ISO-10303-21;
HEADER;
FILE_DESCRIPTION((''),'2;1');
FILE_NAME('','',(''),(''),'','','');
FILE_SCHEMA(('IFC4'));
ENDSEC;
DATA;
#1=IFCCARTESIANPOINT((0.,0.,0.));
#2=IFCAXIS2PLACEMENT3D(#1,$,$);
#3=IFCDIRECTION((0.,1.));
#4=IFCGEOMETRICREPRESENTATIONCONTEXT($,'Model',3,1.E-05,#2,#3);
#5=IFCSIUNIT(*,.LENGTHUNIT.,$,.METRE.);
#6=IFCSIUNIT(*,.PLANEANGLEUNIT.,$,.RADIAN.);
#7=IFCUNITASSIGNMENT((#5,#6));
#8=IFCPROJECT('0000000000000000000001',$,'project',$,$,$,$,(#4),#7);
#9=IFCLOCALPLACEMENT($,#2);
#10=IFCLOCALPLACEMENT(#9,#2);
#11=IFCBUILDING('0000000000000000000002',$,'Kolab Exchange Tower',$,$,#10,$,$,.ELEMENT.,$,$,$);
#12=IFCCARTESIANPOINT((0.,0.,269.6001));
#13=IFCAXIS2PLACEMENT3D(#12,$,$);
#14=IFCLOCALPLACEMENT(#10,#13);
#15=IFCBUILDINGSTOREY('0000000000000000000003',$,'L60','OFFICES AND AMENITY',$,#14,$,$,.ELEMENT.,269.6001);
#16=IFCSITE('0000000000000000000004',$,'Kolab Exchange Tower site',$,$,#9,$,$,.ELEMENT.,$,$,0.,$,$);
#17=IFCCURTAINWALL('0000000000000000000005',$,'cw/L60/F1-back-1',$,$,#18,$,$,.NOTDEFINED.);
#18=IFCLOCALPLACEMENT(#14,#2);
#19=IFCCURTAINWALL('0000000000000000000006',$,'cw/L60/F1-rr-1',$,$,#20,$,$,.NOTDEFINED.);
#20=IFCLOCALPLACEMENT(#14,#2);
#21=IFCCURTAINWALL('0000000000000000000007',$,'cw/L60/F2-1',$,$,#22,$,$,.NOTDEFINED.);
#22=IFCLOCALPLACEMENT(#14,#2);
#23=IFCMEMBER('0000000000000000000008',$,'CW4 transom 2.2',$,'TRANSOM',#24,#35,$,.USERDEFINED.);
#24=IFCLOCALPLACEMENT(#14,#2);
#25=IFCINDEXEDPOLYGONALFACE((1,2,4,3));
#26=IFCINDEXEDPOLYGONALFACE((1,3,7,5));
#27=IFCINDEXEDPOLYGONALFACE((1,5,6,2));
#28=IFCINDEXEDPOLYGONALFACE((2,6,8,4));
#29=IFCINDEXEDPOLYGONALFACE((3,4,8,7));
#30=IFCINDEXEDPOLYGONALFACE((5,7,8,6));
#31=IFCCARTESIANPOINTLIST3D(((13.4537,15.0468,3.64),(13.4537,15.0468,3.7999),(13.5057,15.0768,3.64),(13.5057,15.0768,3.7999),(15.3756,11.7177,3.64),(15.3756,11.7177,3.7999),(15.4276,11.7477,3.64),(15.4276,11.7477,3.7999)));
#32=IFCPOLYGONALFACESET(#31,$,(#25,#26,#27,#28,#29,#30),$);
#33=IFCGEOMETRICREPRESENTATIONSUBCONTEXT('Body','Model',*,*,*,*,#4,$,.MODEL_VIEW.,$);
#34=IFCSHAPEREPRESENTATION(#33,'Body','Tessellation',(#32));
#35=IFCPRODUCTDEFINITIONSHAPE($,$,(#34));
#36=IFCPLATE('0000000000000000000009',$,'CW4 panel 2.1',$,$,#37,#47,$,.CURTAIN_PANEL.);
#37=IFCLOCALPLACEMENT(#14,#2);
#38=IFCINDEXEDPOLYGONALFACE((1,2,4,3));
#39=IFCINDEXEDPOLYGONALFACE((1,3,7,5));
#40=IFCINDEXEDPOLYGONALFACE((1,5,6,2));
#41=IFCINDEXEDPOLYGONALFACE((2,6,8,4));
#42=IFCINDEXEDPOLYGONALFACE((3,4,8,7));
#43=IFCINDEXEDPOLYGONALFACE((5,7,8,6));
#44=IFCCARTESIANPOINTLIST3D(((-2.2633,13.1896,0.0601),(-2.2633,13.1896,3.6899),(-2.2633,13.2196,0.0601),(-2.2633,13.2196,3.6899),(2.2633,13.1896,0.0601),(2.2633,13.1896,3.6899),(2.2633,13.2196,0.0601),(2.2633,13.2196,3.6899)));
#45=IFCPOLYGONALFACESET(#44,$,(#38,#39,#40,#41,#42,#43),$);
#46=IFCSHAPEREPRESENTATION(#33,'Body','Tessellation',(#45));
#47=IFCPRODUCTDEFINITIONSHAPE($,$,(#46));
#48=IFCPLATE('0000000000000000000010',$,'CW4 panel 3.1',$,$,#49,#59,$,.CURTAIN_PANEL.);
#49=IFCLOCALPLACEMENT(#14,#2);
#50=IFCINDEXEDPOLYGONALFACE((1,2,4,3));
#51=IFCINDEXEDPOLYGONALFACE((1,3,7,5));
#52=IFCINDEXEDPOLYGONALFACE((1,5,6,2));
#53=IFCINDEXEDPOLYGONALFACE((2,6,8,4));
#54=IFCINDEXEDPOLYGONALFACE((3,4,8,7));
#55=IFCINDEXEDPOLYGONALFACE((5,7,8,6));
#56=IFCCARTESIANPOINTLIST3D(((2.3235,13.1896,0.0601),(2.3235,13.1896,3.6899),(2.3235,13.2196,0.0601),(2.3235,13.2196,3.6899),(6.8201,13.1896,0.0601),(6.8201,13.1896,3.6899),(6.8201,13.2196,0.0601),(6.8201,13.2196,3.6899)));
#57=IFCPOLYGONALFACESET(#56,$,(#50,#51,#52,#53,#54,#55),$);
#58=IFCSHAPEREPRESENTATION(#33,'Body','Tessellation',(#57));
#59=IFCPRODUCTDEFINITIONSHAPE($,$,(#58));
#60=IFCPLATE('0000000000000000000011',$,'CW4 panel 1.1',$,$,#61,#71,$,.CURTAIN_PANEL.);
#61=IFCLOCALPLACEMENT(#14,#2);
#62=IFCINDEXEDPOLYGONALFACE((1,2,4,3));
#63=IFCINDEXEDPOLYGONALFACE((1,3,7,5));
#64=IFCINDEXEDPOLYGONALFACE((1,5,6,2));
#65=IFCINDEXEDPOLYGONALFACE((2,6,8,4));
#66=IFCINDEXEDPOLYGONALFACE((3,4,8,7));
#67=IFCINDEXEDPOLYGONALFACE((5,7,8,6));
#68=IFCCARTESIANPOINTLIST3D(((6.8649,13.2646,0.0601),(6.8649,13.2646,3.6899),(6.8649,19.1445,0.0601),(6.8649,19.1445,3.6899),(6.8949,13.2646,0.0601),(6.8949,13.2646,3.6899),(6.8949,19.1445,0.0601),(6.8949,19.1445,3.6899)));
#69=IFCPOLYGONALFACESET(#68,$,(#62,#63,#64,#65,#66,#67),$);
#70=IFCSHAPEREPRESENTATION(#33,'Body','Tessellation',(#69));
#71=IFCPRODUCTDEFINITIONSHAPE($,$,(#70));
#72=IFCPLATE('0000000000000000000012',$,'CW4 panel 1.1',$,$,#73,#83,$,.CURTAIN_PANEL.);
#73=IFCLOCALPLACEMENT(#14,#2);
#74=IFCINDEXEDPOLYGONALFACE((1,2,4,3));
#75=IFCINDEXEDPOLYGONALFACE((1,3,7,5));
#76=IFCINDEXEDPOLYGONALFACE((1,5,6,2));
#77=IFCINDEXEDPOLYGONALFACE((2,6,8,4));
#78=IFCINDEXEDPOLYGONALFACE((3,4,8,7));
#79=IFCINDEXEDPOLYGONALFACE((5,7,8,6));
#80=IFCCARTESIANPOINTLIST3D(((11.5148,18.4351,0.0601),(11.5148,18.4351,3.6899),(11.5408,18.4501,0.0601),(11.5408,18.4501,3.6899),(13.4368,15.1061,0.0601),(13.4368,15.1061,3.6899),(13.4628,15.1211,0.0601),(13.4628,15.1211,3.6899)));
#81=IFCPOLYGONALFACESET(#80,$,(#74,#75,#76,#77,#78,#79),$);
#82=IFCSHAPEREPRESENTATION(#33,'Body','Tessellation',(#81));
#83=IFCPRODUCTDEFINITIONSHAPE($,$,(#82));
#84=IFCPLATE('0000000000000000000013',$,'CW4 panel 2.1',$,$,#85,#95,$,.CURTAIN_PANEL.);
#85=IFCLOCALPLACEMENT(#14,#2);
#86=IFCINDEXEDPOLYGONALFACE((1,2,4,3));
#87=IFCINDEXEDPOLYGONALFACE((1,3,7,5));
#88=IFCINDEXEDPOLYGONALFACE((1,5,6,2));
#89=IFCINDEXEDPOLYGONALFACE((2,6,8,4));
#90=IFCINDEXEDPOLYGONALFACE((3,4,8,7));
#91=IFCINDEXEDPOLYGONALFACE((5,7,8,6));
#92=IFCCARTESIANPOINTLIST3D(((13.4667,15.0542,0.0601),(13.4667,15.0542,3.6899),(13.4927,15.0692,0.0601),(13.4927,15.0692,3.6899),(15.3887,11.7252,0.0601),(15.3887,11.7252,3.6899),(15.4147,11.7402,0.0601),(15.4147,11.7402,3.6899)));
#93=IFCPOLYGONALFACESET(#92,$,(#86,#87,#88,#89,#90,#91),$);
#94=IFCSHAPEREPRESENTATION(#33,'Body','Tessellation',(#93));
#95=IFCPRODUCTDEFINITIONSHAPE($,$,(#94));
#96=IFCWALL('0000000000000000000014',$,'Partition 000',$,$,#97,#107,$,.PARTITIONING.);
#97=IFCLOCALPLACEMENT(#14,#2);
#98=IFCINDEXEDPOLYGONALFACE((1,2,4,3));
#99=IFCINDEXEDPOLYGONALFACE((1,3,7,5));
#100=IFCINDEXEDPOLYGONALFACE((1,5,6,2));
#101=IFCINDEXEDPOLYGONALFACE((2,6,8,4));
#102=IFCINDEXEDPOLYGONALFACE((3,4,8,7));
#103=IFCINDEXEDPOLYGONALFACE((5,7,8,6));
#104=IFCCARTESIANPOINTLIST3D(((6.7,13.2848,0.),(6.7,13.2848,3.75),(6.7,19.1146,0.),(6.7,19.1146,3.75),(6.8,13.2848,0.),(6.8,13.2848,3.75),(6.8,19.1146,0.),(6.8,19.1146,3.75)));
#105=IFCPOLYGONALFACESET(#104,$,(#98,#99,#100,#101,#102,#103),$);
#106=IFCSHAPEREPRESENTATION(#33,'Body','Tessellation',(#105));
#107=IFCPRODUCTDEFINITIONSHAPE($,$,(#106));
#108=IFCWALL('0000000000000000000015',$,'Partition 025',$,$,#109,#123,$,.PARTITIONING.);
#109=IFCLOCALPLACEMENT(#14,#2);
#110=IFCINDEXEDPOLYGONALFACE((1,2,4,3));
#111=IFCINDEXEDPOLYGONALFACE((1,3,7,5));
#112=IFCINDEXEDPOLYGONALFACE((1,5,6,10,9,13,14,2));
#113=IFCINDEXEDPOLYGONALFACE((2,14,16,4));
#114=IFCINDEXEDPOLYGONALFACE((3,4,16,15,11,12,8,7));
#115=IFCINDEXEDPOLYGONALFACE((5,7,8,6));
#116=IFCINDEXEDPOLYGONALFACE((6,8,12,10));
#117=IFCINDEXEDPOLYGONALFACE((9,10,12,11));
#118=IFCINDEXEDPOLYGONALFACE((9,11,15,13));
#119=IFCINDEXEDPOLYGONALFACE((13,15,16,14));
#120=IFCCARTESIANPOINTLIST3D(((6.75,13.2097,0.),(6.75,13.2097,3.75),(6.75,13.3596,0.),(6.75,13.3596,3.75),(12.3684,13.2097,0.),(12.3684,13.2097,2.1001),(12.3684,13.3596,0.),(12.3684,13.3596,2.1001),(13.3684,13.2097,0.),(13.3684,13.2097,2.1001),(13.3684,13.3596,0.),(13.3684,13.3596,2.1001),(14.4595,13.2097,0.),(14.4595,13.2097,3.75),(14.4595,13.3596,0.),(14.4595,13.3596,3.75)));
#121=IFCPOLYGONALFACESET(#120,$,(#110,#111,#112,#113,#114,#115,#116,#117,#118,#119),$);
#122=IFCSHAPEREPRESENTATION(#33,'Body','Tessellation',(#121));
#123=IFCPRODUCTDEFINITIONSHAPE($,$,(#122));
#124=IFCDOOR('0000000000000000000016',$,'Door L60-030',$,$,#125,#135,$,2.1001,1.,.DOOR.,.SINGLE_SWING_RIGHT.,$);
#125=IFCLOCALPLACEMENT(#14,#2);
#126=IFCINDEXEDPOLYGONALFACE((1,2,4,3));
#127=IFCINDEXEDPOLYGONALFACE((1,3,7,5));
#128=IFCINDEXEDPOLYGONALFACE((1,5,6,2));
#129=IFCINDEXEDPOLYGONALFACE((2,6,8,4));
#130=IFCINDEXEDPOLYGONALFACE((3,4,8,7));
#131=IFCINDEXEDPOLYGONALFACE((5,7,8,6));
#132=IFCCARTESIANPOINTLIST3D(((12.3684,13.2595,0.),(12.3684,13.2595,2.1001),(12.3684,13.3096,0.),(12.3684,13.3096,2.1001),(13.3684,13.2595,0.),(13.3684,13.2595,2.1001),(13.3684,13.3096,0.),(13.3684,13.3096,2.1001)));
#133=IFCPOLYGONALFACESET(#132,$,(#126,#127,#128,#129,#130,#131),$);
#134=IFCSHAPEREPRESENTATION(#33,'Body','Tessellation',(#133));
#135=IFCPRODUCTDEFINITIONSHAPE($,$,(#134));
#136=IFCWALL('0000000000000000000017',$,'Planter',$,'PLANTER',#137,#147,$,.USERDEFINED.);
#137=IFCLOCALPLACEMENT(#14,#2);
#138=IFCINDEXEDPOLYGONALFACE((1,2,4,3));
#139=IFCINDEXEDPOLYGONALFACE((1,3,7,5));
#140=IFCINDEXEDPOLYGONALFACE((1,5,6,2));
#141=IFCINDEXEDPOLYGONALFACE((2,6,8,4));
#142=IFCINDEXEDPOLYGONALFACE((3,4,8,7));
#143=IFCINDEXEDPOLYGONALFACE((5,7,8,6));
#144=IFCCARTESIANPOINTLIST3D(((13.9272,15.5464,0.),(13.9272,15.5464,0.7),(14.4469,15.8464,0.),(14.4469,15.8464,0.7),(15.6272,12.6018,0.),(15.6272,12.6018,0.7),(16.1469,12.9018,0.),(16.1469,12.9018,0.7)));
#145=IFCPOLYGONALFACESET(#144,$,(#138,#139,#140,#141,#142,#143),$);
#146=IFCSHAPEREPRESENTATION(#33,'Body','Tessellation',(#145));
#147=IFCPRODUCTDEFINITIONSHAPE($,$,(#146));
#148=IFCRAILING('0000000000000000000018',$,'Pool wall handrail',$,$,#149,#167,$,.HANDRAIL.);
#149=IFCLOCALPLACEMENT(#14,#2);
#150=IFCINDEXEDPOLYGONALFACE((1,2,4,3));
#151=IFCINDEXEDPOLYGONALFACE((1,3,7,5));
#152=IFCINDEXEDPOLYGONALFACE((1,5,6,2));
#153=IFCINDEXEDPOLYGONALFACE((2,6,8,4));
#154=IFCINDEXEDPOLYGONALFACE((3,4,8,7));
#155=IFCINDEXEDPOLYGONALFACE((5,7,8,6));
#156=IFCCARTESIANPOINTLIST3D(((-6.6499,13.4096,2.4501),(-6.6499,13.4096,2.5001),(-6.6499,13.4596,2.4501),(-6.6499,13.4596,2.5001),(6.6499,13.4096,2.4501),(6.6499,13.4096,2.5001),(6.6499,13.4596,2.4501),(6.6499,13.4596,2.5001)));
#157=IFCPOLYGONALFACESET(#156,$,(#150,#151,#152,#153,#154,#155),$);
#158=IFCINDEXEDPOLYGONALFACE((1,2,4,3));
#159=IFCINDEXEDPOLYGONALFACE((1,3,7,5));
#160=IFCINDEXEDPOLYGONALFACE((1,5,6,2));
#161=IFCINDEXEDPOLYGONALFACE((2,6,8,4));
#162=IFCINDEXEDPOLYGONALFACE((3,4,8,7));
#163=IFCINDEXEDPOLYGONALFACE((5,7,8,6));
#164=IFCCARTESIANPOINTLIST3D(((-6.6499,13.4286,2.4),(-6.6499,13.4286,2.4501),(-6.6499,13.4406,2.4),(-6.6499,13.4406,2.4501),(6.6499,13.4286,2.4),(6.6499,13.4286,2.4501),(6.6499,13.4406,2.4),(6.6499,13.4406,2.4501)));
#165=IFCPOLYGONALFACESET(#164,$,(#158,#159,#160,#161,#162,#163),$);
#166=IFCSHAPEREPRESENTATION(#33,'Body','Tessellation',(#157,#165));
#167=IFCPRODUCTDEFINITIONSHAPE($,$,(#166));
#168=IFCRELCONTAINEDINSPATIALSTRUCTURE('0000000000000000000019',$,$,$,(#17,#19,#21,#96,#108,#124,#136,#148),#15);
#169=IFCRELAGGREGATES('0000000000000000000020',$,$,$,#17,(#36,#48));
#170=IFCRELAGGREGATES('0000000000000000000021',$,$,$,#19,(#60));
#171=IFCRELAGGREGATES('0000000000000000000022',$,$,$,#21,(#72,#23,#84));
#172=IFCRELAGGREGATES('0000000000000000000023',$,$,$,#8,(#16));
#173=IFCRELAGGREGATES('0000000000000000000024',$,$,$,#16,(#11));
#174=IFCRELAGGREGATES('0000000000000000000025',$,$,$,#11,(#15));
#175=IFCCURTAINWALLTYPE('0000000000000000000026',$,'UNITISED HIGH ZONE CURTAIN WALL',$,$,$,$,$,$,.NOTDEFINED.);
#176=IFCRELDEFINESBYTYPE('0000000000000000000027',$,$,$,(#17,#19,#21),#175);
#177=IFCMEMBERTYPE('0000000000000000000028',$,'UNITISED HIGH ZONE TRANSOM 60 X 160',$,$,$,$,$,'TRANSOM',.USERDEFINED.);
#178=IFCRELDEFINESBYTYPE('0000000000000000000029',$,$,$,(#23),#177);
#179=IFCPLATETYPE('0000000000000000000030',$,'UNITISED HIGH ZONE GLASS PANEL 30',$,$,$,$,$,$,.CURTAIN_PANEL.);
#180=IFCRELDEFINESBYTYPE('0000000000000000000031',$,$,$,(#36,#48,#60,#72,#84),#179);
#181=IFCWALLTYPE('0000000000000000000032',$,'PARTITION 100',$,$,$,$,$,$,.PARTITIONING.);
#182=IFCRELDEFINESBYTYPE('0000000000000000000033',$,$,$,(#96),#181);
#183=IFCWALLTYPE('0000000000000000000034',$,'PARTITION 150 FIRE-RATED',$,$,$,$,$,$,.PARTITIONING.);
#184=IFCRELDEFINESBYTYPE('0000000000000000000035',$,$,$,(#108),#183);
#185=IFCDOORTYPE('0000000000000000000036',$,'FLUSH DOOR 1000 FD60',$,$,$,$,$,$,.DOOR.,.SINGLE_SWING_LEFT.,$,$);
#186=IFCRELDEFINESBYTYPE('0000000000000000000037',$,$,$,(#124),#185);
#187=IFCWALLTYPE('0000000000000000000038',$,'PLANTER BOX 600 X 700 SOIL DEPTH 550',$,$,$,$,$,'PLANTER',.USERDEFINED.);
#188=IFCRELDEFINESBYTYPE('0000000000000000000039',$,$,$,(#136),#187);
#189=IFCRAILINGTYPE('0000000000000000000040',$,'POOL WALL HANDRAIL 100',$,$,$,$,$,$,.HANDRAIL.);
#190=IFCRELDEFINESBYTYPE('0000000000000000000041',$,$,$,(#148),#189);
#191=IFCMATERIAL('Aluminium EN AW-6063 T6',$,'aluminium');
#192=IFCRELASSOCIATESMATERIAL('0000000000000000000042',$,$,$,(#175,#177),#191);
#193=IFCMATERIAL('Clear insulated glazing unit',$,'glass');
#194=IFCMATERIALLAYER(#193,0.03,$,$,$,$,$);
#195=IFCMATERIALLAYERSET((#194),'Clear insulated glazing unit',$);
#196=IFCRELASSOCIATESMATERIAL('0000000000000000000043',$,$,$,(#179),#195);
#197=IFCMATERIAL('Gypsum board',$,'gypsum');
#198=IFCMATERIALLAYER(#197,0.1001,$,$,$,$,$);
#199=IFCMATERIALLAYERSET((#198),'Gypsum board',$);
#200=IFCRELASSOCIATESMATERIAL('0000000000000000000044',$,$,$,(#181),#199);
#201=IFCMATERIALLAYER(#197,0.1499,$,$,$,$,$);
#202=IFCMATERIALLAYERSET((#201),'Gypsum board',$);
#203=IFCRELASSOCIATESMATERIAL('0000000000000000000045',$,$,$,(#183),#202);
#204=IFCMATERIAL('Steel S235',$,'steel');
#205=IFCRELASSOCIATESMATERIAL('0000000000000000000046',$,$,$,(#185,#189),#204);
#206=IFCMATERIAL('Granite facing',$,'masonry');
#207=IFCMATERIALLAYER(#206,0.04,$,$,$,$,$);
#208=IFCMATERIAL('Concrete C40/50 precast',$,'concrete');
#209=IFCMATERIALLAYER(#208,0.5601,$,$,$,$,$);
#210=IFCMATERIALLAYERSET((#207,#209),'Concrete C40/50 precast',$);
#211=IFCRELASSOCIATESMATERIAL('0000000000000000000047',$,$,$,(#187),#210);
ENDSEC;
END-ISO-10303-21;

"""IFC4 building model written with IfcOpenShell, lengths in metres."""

from ifc_helpers import new_model, si_unit, direction, frame, frame_2d, origin, origin_2d, place, context, subcontext, project, spatial, rectangle, extrude, material, layer, layer_set, material_profile, profile_set, type_object, element, fill, aggregate, save


model = new_model("IFC4")

# Units and contexts
model_context = context("Model", 3, precision=1e-05, world=origin(), true_north=direction((0.0, 1.0)))
body_context = subcontext(model_context, "Body", "Model", "MODEL_VIEW")
ifc_project = project(units=[si_unit("LENGTHUNIT", "METRE"), si_unit("PLANEANGLEUNIT", "RADIAN")], contexts=[model_context])

# Site, building, storey
site_placement = place(None, origin())
site = spatial("IfcSite", under=ifc_project, at=site_placement, Name="Kolab Exchange Tower site", CompositionType="ELEMENT", RefElevation=0.0)
building_placement = place(site_placement, origin())
building = spatial("IfcBuilding", under=site, at=building_placement, Name="Kolab Exchange Tower", CompositionType="ELEMENT")
storey_placement = place(building_placement, frame((0.0, 0.0, 269.6001)))
storey = spatial("IfcBuildingStorey", under=building, at=storey_placement, Name="L60", Description="OFFICES AND AMENITY", CompositionType="ELEMENT", Elevation=269.6001)

# Curtain wall
ifc_material_1 = material(Name="Aluminium EN AW-6063 T6", Category="aluminium")
curtain_wall_type = type_object("IfcCurtainWallType", Name="UNITISED HIGH ZONE CURTAIN WALL", PredefinedType="NOTDEFINED", material=ifc_material_1)
curtain_wall_1_placement = place(storey_placement, origin())
curtain_wall_1 = element("IfcCurtainWall", 1, at=curtain_wall_1_placement, inside=storey, type_object=curtain_wall_type, Name="cw/L60/F1-back-1", PredefinedType="NOTDEFINED")

# Curtain wall
curtain_wall_2_placement = place(storey_placement, origin())
curtain_wall_2 = element("IfcCurtainWall", 2, at=curtain_wall_2_placement, inside=storey, type_object=curtain_wall_type, Name="cw/L60/F1-rr-1", PredefinedType="NOTDEFINED")

# Curtain wall
curtain_wall_3_placement = place(storey_placement, origin())
curtain_wall_3 = element("IfcCurtainWall", 3, at=curtain_wall_3_placement, inside=storey, type_object=curtain_wall_type, Name="cw/L60/F2-1", PredefinedType="NOTDEFINED")

# Member
ifc_material_profile_1 = material_profile(ifc_material_1, rectangle(XDim=0.0601, YDim=0.1599, at=origin_2d()), Name="RECT 60X160")
ifc_profile_set_1 = profile_set([ifc_material_profile_1], Name="Aluminium EN AW-6063 T6")
member_type_1 = type_object("IfcMemberType", Name="UNITISED HIGH ZONE TRANSOM 60 X 160", ElementType="TRANSOM", PredefinedType="USERDEFINED", material=ifc_profile_set_1)
member_1_placement = place(storey_placement, frame((13.4797, 15.0618, 3.72), z_axis=(0.499964, -0.866046, 0.0), x_axis=(0.866046, 0.499964, 0.0)))
member_1 = element("IfcMember", 4, at=member_1_placement, type_object=member_type_1, Name="CW4 transom 2.2", ObjectType="TRANSOM", PredefinedType="USERDEFINED", context=body_context, shape_type="SweptSolid", body=[
    extrude(rectangle(XDim=0.0601, YDim=0.1599, at=origin_2d()), origin(), (0.0, 0.0, 1.0), 3.844),
])

# Plates
ifc_material_2 = material(Name="Clear insulated glazing unit", Category="glass")
ifc_layer_1 = layer(ifc_material_2, 0.03)
ifc_layer_set_1 = layer_set([ifc_layer_1], Name="Clear insulated glazing unit")
plate_type = type_object("IfcPlateType", Name="UNITISED HIGH ZONE GLASS PANEL 30", PredefinedType="CURTAIN_PANEL", material=ifc_layer_set_1)
plate_1_placement = place(storey_placement, frame((0.0, 13.2046, 0.0601), z_axis=(0.0, 0.0, 1.0), x_axis=(1.0, 0.0, 0.0)))
plate_1 = element("IfcPlate", 5, at=plate_1_placement, type_object=plate_type, Name="CW4 panel 2.1", PredefinedType="CURTAIN_PANEL", context=body_context, shape_type="SweptSolid", body=[
    extrude(rectangle(XDim=4.5266, YDim=0.03, at=origin_2d()), origin(), (0.0, 0.0, 1.0), 3.6299),
])
plate_2_placement = place(storey_placement, frame((4.5718, 13.2046, 0.0601), z_axis=(0.0, 0.0, 1.0), x_axis=(1.0, 0.0, 0.0)))
plate_2 = element("IfcPlate", 6, at=plate_2_placement, type_object=plate_type, Name="CW4 panel 3.1", PredefinedType="CURTAIN_PANEL", context=body_context, shape_type="SweptSolid", body=[
    extrude(rectangle(XDim=4.4966, YDim=0.03, at=origin_2d()), origin(), (0.0, 0.0, 1.0), 3.6299),
])
aggregate(curtain_wall_1, [plate_1, plate_2])
plate_3_placement = place(storey_placement, frame((6.8799, 16.2046, 0.0601), z_axis=(0.0, 0.0, 1.0), x_axis=(0.0, 1.0, 0.0)))
plate_3 = element("IfcPlate", 7, at=plate_3_placement, type_object=plate_type, Name="CW4 panel 1.1", PredefinedType="CURTAIN_PANEL", context=body_context, shape_type="SweptSolid", body=[
    extrude(rectangle(XDim=5.8799, YDim=0.03, at=origin_2d()), origin(), (0.0, 0.0, 1.0), 3.6299),
])
aggregate(curtain_wall_2, [plate_3])
plate_4_placement = place(storey_placement, frame((12.4888, 16.7781, 0.0601), z_axis=(0.0, 0.0, 1.0), x_axis=(0.5, -0.866025, 0.0)))
plate_4 = element("IfcPlate", 8, at=plate_4_placement, type_object=plate_type, Name="CW4 panel 1.1", PredefinedType="CURTAIN_PANEL", context=body_context, shape_type="SweptSolid", body=[
    extrude(rectangle(XDim=3.844, YDim=0.03, at=origin_2d()), origin(), (0.0, 0.0, 1.0), 3.6299),
])
plate_5_placement = place(storey_placement, frame((14.4407, 13.3972, 0.0601), z_axis=(0.0, 0.0, 1.0), x_axis=(0.5, -0.866025, 0.0)))
plate_5 = element("IfcPlate", 9, at=plate_5_placement, type_object=plate_type, Name="CW4 panel 2.1", PredefinedType="CURTAIN_PANEL", context=body_context, shape_type="SweptSolid", body=[
    extrude(rectangle(XDim=3.844, YDim=0.03, at=origin_2d()), origin(), (0.0, 0.0, 1.0), 3.6299),
])
aggregate(curtain_wall_3, [plate_4, member_1, plate_5])

# Wall
ifc_material_3 = material(Name="Gypsum board", Category="gypsum")
ifc_layer_2 = layer(ifc_material_3, 0.1001)
ifc_layer_set_2 = layer_set([ifc_layer_2], Name="Gypsum board")
wall_type_1 = type_object("IfcWallType", Name="PARTITION 100", PredefinedType="PARTITIONING", material=ifc_layer_set_2)
wall_1_placement = place(storey_placement, frame((6.75, 13.2847, 0.0), z_axis=(0.0, 0.0, 1.0), x_axis=(0.0, 1.0, 0.0)))
element("IfcWall", 10, at=wall_1_placement, inside=storey, type_object=wall_type_1, Name="Partition 000", PredefinedType="PARTITIONING", context=body_context, shape_type="SweptSolid", body=[
    extrude(rectangle(XDim=5.8298, YDim=0.1001, at=frame_2d((2.915, 0.0))), origin(), (0.0, 0.0, 1.0), 3.75),
])

# Wall, opening, door
ifc_layer_3 = layer(ifc_material_3, 0.1499)
ifc_layer_set_3 = layer_set([ifc_layer_3], Name="Gypsum board")
wall_type_2 = type_object("IfcWallType", Name="PARTITION 150 FIRE-RATED", PredefinedType="PARTITIONING", material=ifc_layer_set_3)
wall_2_placement = place(storey_placement, frame((6.75, 13.2847, 0.0), z_axis=(0.0, 0.0, 1.0), x_axis=(1.0, 0.0, 0.0)))
wall_2 = element("IfcWall", 11, at=wall_2_placement, inside=storey, type_object=wall_type_2, Name="Partition 025", PredefinedType="PARTITIONING", context=body_context, shape_type="SweptSolid", body=[
    extrude(rectangle(XDim=7.7095, YDim=0.1499, at=frame_2d((3.8547, 0.0))), origin(), (0.0, 0.0, 1.0), 3.75),
])
opening_1_placement = place(wall_2_placement, frame((5.6184, 0.0, 0.0)))
opening_1 = element("IfcOpeningElement", 12, at=opening_1_placement, cuts=wall_2, PredefinedType="OPENING", context=body_context, shape_type="SweptSolid", body=[
    extrude(rectangle(XDim=1.0, YDim=2.1001, at=frame_2d((0.5, 1.05))), frame((0.0, 0.085, 0.0), z_axis=(0.0, -1.0, 0.0), x_axis=(1.0, 0.0, 0.0)), (0.0, 0.0, 1.0), 0.1699),
])
ifc_material_4 = material(Name="Steel S235", Category="steel")
door_type_1 = type_object("IfcDoorType", Name="FLUSH DOOR 1000 FD60", OperationType="SINGLE_SWING_LEFT", PredefinedType="DOOR", material=ifc_material_4)
door_1_placement = place(opening_1_placement, origin())
door_1 = element("IfcDoor", 13, at=door_1_placement, inside=storey, type_object=door_type_1, Name="Door L60-030", OperationType="SINGLE_SWING_RIGHT", OverallHeight=2.1001, OverallWidth=1.0, PredefinedType="DOOR", context=body_context, shape_type="SweptSolid", body=[
    extrude(rectangle(XDim=1.0, YDim=2.1001, at=frame_2d((0.5, 1.05))), frame((0.0, 0.0249, 0.0), z_axis=(0.0, -1.0, 0.0), x_axis=(1.0, 0.0, 0.0)), (0.0, 0.0, 1.0), 0.05),
])
fill(opening_1, door_1)

# Wall
ifc_material_5 = material(Name="Granite facing", Category="masonry")
ifc_layer_4 = layer(ifc_material_5, 0.04)
ifc_material_6 = material(Name="Concrete C40/50 precast", Category="concrete")
ifc_layer_5 = layer(ifc_material_6, 0.5601)
ifc_layer_set_4 = layer_set([ifc_layer_4, ifc_layer_5], Name="Concrete C40/50 precast")
wall_type_3 = type_object("IfcWallType", Name="PLANTER BOX 600 X 700 SOIL DEPTH 550", ElementType="PLANTER", PredefinedType="USERDEFINED", material=ifc_layer_set_4)
wall_3_placement = place(storey_placement, frame((14.187, 15.6965, 0.0), z_axis=(0.0, 0.0, 1.0), x_axis=(0.499977, -0.866039, 0.0)))
element("IfcWall", 14, at=wall_3_placement, inside=storey, type_object=wall_type_3, Name="Planter", ObjectType="PLANTER", PredefinedType="USERDEFINED", context=body_context, shape_type="SweptSolid", body=[
    extrude(rectangle(XDim=3.4001, YDim=0.6001, at=frame_2d((1.7002, 0.0))), origin(), (0.0, 0.0, 1.0), 0.7),
])

# Railing
railing_type = type_object("IfcRailingType", Name="POOL WALL HANDRAIL 100", PredefinedType="HANDRAIL", material=ifc_material_4)
railing_placement = place(storey_placement, frame((6.6499, 13.4346, 2.3999)))
element("IfcRailing", 15, at=railing_placement, inside=storey, type_object=railing_type, Name="Pool wall handrail", PredefinedType="HANDRAIL", context=body_context, shape_type="SweptSolid", body=[
    extrude(rectangle(XDim=0.05, YDim=0.05, at=origin_2d()), frame((0.0, 0.0, 0.0752), z_axis=(-1.0, 0.0, 0.0), x_axis=(0.0, -1.0, 0.0)), (0.0, 0.0, 1.0), 13.2998),
    extrude(rectangle(XDim=0.012, YDim=0.0501, at=frame_2d((0.0, 0.0251))), frame((0.0, 0.0, 0.0), z_axis=(-1.0, 0.0, 0.0), x_axis=(0.0, -1.0, 0.0)), (0.0, 0.0, 1.0), 13.2998),
])

save(model, "model.ifc")
